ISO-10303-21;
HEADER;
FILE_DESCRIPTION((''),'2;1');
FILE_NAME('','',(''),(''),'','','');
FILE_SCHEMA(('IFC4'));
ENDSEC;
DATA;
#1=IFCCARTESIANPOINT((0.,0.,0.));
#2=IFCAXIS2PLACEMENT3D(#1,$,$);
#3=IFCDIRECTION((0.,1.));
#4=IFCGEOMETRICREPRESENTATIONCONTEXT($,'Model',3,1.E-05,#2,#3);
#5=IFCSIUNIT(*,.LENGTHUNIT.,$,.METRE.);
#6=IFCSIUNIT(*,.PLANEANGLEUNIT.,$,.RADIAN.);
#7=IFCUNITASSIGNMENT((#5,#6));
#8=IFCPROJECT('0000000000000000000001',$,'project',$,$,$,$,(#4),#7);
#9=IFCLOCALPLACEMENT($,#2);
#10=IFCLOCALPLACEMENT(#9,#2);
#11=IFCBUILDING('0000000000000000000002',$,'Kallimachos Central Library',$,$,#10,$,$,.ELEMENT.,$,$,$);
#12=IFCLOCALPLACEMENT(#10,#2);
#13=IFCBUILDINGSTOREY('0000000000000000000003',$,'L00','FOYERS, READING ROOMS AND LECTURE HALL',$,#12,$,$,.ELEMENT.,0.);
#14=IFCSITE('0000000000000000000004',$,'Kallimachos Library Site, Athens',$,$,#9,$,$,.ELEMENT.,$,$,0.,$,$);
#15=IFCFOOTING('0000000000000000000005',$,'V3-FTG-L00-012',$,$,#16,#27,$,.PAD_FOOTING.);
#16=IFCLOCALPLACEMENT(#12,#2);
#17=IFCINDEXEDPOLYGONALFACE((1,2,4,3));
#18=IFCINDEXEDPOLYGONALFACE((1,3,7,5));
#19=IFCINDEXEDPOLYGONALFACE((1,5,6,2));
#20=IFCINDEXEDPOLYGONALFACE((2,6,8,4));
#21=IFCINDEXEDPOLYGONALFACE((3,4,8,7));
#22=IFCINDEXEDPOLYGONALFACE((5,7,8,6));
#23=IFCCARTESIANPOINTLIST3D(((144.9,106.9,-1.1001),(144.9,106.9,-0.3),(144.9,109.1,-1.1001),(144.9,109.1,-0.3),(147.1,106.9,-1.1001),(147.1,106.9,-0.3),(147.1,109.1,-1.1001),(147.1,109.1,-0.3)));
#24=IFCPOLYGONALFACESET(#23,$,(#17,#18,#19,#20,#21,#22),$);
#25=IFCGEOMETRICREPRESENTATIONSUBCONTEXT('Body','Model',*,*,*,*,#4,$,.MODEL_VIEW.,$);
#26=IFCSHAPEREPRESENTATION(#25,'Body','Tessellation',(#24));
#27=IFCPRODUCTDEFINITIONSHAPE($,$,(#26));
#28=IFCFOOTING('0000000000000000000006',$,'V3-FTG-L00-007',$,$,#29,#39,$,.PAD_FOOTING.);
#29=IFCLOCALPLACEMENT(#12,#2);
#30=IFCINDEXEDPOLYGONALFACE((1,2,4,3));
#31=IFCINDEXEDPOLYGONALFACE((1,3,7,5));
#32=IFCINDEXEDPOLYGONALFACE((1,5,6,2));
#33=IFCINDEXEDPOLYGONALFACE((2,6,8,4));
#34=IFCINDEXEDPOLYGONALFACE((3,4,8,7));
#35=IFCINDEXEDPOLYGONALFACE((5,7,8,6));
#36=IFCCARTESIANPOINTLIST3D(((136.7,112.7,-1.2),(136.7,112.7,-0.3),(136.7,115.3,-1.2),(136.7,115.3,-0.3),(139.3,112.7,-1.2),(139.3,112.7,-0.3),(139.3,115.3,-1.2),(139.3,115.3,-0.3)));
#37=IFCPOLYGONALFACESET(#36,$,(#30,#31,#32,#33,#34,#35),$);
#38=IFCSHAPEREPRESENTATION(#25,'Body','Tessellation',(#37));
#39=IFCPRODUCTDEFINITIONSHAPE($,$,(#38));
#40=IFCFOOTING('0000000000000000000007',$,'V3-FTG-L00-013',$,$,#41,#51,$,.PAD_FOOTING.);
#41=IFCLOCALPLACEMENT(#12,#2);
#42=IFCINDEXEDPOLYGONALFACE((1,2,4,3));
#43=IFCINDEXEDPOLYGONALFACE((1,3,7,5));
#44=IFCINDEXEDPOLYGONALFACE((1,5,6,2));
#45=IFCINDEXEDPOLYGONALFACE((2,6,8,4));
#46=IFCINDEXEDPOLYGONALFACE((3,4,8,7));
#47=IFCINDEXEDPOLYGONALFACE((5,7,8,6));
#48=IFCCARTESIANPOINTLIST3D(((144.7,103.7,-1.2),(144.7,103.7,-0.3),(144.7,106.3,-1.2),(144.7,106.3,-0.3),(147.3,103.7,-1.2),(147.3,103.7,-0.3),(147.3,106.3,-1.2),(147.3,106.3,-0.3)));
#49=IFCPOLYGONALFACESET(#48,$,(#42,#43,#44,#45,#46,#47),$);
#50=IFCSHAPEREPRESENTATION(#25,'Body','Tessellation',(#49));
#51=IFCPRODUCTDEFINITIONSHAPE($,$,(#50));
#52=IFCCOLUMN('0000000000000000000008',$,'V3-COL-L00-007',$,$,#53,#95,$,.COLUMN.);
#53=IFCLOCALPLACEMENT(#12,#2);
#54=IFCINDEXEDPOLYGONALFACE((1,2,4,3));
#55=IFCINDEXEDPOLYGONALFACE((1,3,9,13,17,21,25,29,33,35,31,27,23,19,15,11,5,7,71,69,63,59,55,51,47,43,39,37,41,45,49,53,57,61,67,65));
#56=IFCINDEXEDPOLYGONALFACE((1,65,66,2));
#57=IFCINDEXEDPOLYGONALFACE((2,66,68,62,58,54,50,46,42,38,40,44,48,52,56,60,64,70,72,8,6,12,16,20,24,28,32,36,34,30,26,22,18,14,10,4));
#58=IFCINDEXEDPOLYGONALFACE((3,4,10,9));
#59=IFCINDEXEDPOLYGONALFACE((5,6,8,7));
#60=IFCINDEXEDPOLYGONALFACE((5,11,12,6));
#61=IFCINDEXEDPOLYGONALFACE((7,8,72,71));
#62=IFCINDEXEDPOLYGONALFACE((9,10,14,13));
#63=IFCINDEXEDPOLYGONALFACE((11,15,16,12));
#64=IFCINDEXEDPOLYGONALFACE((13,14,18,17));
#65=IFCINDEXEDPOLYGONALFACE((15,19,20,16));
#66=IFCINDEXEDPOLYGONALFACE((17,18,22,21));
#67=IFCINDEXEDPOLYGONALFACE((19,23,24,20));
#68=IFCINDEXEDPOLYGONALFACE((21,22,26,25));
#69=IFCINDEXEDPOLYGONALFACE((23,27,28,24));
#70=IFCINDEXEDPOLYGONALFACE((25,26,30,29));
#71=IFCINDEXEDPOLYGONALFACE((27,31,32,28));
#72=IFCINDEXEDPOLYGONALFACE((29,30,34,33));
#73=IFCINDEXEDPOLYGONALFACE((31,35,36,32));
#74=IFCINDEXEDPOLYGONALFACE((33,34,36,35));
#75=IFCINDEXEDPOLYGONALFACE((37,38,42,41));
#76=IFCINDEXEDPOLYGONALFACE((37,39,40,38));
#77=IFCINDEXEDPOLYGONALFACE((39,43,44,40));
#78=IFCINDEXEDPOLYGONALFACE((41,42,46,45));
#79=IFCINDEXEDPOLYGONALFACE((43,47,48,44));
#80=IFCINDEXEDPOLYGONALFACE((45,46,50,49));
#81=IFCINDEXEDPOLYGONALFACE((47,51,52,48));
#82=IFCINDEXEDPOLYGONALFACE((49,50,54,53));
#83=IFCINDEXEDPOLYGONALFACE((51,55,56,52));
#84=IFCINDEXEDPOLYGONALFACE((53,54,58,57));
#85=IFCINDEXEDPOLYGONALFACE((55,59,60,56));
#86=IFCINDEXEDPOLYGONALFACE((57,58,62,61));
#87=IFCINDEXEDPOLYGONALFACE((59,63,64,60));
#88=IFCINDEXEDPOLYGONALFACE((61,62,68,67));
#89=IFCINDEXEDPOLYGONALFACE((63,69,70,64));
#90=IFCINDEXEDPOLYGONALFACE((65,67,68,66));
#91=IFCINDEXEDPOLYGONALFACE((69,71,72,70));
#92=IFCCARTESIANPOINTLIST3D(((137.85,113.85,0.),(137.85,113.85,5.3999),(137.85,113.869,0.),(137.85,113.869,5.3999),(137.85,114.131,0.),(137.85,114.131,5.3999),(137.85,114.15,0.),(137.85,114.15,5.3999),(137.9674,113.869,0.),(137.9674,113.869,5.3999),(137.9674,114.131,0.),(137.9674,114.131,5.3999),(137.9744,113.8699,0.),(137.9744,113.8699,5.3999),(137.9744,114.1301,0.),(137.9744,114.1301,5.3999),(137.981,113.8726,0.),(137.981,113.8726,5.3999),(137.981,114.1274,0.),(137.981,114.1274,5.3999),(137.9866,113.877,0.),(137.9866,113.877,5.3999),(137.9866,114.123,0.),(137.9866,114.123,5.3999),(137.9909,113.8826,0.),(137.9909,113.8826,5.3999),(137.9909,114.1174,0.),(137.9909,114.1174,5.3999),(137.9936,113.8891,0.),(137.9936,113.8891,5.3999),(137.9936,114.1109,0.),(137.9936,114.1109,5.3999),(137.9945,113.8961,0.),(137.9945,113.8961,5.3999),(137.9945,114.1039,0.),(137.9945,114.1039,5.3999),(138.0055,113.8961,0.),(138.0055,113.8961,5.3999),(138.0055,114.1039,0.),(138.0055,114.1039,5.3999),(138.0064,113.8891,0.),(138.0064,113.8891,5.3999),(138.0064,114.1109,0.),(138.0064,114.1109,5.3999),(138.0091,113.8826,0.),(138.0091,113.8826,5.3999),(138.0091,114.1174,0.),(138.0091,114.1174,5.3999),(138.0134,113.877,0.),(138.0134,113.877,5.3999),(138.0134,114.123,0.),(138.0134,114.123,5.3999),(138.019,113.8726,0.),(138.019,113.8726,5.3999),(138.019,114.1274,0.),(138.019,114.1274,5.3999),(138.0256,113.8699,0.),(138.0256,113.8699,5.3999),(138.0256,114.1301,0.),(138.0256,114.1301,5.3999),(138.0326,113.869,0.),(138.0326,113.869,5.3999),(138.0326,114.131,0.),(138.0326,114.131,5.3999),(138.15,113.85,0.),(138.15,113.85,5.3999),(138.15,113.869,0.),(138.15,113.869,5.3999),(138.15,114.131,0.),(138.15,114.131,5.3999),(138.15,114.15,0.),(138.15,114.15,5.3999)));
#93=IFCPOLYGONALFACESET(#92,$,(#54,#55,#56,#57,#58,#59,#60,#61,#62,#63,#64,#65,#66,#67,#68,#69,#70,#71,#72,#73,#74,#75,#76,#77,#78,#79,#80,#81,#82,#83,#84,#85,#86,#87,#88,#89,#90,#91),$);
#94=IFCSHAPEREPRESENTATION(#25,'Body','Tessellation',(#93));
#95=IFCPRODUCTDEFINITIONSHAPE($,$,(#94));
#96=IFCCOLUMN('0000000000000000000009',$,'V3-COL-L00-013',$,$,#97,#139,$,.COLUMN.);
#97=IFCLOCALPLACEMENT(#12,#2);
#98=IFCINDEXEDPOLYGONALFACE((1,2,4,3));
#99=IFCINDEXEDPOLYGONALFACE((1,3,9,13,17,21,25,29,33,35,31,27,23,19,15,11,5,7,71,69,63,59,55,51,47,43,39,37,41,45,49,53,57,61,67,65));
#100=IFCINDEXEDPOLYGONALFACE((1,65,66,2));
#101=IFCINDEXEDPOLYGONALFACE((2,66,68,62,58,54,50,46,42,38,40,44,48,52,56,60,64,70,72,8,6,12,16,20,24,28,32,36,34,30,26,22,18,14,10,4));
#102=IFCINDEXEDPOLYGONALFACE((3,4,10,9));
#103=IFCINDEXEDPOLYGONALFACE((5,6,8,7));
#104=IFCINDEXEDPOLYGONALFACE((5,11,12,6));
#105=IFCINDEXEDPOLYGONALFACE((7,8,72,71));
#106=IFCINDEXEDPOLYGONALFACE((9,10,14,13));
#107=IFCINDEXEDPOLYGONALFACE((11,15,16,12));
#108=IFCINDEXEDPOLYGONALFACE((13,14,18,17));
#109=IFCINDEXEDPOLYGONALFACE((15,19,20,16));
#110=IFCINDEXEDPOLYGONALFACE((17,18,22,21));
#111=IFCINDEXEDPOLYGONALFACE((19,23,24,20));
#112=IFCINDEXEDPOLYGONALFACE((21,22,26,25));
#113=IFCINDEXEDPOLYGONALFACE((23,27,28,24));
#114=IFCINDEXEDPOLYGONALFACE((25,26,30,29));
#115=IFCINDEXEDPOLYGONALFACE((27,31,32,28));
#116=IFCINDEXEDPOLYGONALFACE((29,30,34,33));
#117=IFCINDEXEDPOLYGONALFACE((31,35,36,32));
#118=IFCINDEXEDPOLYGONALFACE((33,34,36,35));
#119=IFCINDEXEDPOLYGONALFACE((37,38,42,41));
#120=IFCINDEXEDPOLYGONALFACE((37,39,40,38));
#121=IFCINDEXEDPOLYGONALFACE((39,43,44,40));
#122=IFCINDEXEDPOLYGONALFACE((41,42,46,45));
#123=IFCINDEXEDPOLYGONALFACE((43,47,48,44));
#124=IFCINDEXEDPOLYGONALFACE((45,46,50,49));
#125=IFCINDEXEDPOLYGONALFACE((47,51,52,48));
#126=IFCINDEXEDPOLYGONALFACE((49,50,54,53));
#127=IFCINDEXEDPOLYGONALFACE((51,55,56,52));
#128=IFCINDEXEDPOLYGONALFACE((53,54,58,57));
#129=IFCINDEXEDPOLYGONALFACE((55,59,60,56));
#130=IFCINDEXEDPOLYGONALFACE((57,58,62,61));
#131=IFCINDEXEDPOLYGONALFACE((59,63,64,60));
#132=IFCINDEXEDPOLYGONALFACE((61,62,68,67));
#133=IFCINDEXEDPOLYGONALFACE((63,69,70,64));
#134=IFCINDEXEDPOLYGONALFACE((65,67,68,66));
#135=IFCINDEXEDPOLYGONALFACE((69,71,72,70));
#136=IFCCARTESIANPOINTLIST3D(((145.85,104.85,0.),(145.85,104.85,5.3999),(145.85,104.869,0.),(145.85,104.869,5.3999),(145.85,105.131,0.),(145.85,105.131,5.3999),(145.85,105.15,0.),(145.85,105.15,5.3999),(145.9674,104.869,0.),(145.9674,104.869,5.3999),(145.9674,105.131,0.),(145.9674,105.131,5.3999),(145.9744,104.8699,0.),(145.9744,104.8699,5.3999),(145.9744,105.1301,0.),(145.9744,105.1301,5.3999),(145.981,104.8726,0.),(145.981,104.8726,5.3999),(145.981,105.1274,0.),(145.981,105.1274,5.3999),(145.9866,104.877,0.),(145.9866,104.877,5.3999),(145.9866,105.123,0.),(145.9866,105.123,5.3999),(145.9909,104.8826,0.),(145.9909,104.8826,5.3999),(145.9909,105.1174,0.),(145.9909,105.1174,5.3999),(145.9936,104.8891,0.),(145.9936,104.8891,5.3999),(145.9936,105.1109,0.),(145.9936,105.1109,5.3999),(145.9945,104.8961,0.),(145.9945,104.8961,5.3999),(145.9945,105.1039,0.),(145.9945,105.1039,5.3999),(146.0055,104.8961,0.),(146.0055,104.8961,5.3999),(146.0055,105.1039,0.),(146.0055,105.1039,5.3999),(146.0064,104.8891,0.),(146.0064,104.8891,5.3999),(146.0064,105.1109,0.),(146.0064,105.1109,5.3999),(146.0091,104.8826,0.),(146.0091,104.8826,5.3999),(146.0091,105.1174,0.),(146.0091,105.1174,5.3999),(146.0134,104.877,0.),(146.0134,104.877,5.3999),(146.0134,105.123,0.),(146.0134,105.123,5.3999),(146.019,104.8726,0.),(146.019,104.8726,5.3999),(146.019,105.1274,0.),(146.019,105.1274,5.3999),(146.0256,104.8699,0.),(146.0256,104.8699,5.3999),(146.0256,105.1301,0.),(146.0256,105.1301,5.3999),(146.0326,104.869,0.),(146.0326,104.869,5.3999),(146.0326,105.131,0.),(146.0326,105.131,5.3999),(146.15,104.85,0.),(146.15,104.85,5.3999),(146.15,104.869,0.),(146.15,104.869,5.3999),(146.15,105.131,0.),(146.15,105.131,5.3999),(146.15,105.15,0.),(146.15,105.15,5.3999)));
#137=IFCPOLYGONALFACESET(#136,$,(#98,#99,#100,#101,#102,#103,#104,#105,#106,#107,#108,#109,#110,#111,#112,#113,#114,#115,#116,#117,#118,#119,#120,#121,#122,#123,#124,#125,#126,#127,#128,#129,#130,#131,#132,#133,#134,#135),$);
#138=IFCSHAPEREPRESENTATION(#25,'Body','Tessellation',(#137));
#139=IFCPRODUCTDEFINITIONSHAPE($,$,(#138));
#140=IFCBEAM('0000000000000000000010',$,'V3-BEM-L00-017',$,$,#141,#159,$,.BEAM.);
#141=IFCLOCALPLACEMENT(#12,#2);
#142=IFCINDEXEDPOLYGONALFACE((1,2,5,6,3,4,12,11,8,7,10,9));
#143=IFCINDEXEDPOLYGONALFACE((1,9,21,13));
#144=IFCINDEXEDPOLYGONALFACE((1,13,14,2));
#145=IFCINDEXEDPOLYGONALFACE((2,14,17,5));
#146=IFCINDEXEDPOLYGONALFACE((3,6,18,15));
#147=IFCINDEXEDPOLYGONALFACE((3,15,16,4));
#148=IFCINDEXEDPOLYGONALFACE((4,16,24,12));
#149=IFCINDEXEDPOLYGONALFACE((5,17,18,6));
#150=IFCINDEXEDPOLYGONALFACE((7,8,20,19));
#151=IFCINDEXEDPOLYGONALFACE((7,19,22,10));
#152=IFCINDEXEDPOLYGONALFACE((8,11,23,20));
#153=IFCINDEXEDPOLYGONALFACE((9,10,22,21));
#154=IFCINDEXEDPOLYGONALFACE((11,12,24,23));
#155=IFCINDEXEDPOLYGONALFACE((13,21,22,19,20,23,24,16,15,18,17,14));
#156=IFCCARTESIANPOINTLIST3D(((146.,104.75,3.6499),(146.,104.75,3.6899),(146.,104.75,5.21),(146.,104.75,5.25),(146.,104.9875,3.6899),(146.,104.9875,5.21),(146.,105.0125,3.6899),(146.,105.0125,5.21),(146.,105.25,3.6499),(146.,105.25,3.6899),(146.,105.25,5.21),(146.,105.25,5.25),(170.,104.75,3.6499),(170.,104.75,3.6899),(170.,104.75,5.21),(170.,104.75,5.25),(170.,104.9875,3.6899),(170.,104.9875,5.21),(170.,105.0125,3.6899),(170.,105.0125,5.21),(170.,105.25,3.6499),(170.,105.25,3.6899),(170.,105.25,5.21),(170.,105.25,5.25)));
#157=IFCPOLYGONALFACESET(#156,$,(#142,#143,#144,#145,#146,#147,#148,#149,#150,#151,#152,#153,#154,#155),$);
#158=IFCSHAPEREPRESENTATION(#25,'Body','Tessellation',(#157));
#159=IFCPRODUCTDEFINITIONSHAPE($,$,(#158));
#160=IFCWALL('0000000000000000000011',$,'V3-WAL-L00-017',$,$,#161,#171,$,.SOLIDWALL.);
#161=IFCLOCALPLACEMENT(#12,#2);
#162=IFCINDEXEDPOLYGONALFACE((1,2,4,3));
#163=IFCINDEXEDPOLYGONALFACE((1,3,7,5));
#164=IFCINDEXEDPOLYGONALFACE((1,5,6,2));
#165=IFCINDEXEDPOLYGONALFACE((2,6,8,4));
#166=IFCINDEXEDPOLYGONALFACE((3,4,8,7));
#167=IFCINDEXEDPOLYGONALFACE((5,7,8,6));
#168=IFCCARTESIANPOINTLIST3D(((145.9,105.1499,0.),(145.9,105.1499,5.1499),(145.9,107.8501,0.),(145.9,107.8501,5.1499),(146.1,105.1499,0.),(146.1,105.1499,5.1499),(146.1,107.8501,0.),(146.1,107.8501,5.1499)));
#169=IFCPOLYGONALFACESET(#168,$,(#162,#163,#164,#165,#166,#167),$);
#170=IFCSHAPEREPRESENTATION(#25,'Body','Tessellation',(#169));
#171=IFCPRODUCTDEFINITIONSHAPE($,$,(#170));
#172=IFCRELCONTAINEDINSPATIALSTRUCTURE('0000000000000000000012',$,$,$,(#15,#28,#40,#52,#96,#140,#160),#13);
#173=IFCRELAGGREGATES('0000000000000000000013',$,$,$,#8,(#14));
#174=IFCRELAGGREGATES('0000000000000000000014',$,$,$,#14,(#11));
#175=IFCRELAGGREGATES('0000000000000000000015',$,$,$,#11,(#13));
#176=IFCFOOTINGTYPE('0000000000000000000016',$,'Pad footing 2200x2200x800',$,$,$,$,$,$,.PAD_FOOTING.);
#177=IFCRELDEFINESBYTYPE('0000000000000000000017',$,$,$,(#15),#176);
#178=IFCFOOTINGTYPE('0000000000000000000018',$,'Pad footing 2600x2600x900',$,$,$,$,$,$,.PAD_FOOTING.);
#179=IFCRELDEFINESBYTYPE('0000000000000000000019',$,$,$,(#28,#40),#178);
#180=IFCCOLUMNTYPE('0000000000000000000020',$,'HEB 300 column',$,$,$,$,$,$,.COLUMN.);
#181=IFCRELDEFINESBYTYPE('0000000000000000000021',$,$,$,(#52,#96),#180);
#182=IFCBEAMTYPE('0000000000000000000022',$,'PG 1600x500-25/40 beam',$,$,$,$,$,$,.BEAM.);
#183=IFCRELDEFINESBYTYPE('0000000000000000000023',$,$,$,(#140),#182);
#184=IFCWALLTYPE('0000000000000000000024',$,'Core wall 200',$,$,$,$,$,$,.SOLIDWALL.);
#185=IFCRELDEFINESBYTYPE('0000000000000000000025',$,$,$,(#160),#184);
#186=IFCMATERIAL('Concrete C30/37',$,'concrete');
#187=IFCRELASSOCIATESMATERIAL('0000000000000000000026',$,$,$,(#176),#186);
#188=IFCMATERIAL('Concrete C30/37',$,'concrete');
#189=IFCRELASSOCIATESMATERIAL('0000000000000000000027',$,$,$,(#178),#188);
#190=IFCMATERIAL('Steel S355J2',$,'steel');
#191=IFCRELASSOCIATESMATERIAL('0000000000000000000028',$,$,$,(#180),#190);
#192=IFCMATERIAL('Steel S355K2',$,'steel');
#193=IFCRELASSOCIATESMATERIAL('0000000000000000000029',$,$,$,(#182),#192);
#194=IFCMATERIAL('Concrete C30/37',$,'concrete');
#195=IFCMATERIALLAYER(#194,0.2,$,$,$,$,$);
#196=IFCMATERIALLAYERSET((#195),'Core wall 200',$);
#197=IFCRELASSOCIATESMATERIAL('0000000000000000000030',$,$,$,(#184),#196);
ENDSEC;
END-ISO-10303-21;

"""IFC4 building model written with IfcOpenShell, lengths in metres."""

from ifc_helpers import new_model, si_unit, direction, frame, frame_2d, origin, origin_2d, place, context, subcontext, project, spatial, rectangle, i_section, extrude, material, layer, layer_set, material_profile, profile_set, type_object, element, save


model = new_model("IFC4")

# Units and contexts
model_context = context("Model", 3, precision=1e-05, world=origin(), true_north=direction((0.0, 1.0)))
body_context = subcontext(model_context, "Body", "Model", "MODEL_VIEW")
ifc_project = project(units=[si_unit("LENGTHUNIT", "METRE"), si_unit("PLANEANGLEUNIT", "RADIAN")], contexts=[model_context])

# Site, building, storey
site_placement = place(None, origin())
site = spatial("IfcSite", under=ifc_project, at=site_placement, Name="Kallimachos Library Site, Athens", CompositionType="ELEMENT", RefElevation=0.0)
building_placement = place(site_placement, origin())
building = spatial("IfcBuilding", under=site, at=building_placement, Name="Kallimachos Central Library", CompositionType="ELEMENT")
storey_placement = place(building_placement, origin())
storey = spatial("IfcBuildingStorey", under=building, at=storey_placement, Name="L00", Description="FOYERS, READING ROOMS AND LECTURE HALL", CompositionType="ELEMENT", Elevation=0.0)

# Footings
ifc_material_1 = material(Name="Concrete C30/37", Category="concrete")
footing_type_1 = type_object("IfcFootingType", Name="Pad footing 2200x2200x800", PredefinedType="PAD_FOOTING", material=ifc_material_1)
footing_placement = place(storey_placement, frame((146.0, 108.0, -1.1001), z_axis=(0.0, 0.0, 1.0), x_axis=(1.0, 0.0, 0.0)))
element("IfcFooting", 1, at=footing_placement, inside=storey, type_object=footing_type_1, Name="V3-FTG-L00-012", PredefinedType="PAD_FOOTING", context=body_context, shape_type="SweptSolid", body=[
    extrude(rectangle(XDim=2.2, YDim=2.2, at=origin_2d()), origin(), (0.0, 0.0, 1.0), 0.8),
])
ifc_material_2 = material(Name="Concrete C30/37", Category="concrete")
footing_type_2 = type_object("IfcFootingType", Name="Pad footing 2600x2600x900", PredefinedType="PAD_FOOTING", material=ifc_material_2)
for number, where, z_axis, x_axis, name in (
    (2, (138.0, 114.0, -1.2), (0.0, 0.0, 1.0), (1.0, 0.0, 0.0), "V3-FTG-L00-007"),
    (3, (146.0, 105.0, -1.2), (0.0, 0.0, 1.0), (1.0, 0.0, 0.0), "V3-FTG-L00-013"),
):
    element("IfcFooting", number, at=place(storey_placement, frame(where, z_axis=z_axis, x_axis=x_axis)), inside=storey, type_object=footing_type_2, Name=name, PredefinedType="PAD_FOOTING", context=body_context, shape_type="SweptSolid", body=[
        extrude(rectangle(XDim=2.6001, YDim=2.6001, at=origin_2d()), origin(), (0.0, 0.0, 1.0), 0.8999),
    ])

# Columns
ifc_material_3 = material(Name="Steel S355J2", Category="steel")
ifc_material_profile_1 = material_profile(ifc_material_3, i_section(OverallWidth=0.3, OverallDepth=0.3, WebThickness=0.011, FlangeThickness=0.019, FilletRadius=0.0271, at=origin_2d()), Name="HEB 300")
ifc_profile_set_1 = profile_set([ifc_material_profile_1], Name="Steel S355J2")
column_type = type_object("IfcColumnType", Name="HEB 300 column", PredefinedType="COLUMN", material=ifc_profile_set_1)
for number, where, z_axis, x_axis, name in (
    (4, (138.0, 114.0, 0.0), (0.0, 0.0, 1.0), (1.0, 0.0, 0.0), "V3-COL-L00-007"),
    (5, (146.0, 105.0, 0.0), (0.0, 0.0, 1.0), (1.0, 0.0, 0.0), "V3-COL-L00-013"),
):
    element("IfcColumn", number, at=place(storey_placement, frame(where, z_axis=z_axis, x_axis=x_axis)), inside=storey, type_object=column_type, Name=name, PredefinedType="COLUMN", context=body_context, shape_type="SweptSolid", body=[
        extrude(i_section(OverallWidth=0.3, OverallDepth=0.3, WebThickness=0.011, FlangeThickness=0.019, FilletRadius=0.0271, at=origin_2d()), origin(), (0.0, 0.0, 1.0), 5.3999),
    ])

# Beam
ifc_material_4 = material(Name="Steel S355K2", Category="steel")
ifc_material_profile_2 = material_profile(ifc_material_4, i_section(OverallWidth=0.5, OverallDepth=1.6001, WebThickness=0.0249, FlangeThickness=0.04, at=origin_2d()), Name="PG 1600x500-25/40")
ifc_profile_set_2 = profile_set([ifc_material_profile_2], Name="Steel S355K2")
beam_type = type_object("IfcBeamType", Name="PG 1600x500-25/40 beam", PredefinedType="BEAM", material=ifc_profile_set_2)
beam_placement = place(storey_placement, frame((146.0, 105.0, 4.45), z_axis=(1.0, 0.0, 0.0), x_axis=(0.0, 1.0, 0.0)))
element("IfcBeam", 6, at=beam_placement, inside=storey, type_object=beam_type, Name="V3-BEM-L00-017", PredefinedType="BEAM", context=body_context, shape_type="SweptSolid", body=[
    extrude(i_section(OverallWidth=0.5, OverallDepth=1.6001, WebThickness=0.0249, FlangeThickness=0.04, at=origin_2d()), origin(), (0.0, 0.0, 1.0), 24.0),
])

# Wall
ifc_material_5 = material(Name="Concrete C30/37", Category="concrete")
ifc_layer_1 = layer(ifc_material_5, 0.2)
ifc_layer_set_1 = layer_set([ifc_layer_1], Name="Core wall 200")
wall_type_1 = type_object("IfcWallType", Name="Core wall 200", PredefinedType="SOLIDWALL", material=ifc_layer_set_1)
wall_1_placement = place(storey_placement, frame((146.0, 105.1499, 0.0), z_axis=(0.0, 0.0, 1.0), x_axis=(0.0, 1.0, 0.0)))
element("IfcWall", 7, at=wall_1_placement, inside=storey, type_object=wall_type_1, Name="V3-WAL-L00-017", PredefinedType="SOLIDWALL", context=body_context, shape_type="SweptSolid", body=[
    extrude(rectangle(XDim=2.7002, YDim=0.2, at=frame_2d((1.3501, 0.0))), origin(), (0.0, 0.0, 1.0), 5.1499),
])

save(model, "model.ifc")
